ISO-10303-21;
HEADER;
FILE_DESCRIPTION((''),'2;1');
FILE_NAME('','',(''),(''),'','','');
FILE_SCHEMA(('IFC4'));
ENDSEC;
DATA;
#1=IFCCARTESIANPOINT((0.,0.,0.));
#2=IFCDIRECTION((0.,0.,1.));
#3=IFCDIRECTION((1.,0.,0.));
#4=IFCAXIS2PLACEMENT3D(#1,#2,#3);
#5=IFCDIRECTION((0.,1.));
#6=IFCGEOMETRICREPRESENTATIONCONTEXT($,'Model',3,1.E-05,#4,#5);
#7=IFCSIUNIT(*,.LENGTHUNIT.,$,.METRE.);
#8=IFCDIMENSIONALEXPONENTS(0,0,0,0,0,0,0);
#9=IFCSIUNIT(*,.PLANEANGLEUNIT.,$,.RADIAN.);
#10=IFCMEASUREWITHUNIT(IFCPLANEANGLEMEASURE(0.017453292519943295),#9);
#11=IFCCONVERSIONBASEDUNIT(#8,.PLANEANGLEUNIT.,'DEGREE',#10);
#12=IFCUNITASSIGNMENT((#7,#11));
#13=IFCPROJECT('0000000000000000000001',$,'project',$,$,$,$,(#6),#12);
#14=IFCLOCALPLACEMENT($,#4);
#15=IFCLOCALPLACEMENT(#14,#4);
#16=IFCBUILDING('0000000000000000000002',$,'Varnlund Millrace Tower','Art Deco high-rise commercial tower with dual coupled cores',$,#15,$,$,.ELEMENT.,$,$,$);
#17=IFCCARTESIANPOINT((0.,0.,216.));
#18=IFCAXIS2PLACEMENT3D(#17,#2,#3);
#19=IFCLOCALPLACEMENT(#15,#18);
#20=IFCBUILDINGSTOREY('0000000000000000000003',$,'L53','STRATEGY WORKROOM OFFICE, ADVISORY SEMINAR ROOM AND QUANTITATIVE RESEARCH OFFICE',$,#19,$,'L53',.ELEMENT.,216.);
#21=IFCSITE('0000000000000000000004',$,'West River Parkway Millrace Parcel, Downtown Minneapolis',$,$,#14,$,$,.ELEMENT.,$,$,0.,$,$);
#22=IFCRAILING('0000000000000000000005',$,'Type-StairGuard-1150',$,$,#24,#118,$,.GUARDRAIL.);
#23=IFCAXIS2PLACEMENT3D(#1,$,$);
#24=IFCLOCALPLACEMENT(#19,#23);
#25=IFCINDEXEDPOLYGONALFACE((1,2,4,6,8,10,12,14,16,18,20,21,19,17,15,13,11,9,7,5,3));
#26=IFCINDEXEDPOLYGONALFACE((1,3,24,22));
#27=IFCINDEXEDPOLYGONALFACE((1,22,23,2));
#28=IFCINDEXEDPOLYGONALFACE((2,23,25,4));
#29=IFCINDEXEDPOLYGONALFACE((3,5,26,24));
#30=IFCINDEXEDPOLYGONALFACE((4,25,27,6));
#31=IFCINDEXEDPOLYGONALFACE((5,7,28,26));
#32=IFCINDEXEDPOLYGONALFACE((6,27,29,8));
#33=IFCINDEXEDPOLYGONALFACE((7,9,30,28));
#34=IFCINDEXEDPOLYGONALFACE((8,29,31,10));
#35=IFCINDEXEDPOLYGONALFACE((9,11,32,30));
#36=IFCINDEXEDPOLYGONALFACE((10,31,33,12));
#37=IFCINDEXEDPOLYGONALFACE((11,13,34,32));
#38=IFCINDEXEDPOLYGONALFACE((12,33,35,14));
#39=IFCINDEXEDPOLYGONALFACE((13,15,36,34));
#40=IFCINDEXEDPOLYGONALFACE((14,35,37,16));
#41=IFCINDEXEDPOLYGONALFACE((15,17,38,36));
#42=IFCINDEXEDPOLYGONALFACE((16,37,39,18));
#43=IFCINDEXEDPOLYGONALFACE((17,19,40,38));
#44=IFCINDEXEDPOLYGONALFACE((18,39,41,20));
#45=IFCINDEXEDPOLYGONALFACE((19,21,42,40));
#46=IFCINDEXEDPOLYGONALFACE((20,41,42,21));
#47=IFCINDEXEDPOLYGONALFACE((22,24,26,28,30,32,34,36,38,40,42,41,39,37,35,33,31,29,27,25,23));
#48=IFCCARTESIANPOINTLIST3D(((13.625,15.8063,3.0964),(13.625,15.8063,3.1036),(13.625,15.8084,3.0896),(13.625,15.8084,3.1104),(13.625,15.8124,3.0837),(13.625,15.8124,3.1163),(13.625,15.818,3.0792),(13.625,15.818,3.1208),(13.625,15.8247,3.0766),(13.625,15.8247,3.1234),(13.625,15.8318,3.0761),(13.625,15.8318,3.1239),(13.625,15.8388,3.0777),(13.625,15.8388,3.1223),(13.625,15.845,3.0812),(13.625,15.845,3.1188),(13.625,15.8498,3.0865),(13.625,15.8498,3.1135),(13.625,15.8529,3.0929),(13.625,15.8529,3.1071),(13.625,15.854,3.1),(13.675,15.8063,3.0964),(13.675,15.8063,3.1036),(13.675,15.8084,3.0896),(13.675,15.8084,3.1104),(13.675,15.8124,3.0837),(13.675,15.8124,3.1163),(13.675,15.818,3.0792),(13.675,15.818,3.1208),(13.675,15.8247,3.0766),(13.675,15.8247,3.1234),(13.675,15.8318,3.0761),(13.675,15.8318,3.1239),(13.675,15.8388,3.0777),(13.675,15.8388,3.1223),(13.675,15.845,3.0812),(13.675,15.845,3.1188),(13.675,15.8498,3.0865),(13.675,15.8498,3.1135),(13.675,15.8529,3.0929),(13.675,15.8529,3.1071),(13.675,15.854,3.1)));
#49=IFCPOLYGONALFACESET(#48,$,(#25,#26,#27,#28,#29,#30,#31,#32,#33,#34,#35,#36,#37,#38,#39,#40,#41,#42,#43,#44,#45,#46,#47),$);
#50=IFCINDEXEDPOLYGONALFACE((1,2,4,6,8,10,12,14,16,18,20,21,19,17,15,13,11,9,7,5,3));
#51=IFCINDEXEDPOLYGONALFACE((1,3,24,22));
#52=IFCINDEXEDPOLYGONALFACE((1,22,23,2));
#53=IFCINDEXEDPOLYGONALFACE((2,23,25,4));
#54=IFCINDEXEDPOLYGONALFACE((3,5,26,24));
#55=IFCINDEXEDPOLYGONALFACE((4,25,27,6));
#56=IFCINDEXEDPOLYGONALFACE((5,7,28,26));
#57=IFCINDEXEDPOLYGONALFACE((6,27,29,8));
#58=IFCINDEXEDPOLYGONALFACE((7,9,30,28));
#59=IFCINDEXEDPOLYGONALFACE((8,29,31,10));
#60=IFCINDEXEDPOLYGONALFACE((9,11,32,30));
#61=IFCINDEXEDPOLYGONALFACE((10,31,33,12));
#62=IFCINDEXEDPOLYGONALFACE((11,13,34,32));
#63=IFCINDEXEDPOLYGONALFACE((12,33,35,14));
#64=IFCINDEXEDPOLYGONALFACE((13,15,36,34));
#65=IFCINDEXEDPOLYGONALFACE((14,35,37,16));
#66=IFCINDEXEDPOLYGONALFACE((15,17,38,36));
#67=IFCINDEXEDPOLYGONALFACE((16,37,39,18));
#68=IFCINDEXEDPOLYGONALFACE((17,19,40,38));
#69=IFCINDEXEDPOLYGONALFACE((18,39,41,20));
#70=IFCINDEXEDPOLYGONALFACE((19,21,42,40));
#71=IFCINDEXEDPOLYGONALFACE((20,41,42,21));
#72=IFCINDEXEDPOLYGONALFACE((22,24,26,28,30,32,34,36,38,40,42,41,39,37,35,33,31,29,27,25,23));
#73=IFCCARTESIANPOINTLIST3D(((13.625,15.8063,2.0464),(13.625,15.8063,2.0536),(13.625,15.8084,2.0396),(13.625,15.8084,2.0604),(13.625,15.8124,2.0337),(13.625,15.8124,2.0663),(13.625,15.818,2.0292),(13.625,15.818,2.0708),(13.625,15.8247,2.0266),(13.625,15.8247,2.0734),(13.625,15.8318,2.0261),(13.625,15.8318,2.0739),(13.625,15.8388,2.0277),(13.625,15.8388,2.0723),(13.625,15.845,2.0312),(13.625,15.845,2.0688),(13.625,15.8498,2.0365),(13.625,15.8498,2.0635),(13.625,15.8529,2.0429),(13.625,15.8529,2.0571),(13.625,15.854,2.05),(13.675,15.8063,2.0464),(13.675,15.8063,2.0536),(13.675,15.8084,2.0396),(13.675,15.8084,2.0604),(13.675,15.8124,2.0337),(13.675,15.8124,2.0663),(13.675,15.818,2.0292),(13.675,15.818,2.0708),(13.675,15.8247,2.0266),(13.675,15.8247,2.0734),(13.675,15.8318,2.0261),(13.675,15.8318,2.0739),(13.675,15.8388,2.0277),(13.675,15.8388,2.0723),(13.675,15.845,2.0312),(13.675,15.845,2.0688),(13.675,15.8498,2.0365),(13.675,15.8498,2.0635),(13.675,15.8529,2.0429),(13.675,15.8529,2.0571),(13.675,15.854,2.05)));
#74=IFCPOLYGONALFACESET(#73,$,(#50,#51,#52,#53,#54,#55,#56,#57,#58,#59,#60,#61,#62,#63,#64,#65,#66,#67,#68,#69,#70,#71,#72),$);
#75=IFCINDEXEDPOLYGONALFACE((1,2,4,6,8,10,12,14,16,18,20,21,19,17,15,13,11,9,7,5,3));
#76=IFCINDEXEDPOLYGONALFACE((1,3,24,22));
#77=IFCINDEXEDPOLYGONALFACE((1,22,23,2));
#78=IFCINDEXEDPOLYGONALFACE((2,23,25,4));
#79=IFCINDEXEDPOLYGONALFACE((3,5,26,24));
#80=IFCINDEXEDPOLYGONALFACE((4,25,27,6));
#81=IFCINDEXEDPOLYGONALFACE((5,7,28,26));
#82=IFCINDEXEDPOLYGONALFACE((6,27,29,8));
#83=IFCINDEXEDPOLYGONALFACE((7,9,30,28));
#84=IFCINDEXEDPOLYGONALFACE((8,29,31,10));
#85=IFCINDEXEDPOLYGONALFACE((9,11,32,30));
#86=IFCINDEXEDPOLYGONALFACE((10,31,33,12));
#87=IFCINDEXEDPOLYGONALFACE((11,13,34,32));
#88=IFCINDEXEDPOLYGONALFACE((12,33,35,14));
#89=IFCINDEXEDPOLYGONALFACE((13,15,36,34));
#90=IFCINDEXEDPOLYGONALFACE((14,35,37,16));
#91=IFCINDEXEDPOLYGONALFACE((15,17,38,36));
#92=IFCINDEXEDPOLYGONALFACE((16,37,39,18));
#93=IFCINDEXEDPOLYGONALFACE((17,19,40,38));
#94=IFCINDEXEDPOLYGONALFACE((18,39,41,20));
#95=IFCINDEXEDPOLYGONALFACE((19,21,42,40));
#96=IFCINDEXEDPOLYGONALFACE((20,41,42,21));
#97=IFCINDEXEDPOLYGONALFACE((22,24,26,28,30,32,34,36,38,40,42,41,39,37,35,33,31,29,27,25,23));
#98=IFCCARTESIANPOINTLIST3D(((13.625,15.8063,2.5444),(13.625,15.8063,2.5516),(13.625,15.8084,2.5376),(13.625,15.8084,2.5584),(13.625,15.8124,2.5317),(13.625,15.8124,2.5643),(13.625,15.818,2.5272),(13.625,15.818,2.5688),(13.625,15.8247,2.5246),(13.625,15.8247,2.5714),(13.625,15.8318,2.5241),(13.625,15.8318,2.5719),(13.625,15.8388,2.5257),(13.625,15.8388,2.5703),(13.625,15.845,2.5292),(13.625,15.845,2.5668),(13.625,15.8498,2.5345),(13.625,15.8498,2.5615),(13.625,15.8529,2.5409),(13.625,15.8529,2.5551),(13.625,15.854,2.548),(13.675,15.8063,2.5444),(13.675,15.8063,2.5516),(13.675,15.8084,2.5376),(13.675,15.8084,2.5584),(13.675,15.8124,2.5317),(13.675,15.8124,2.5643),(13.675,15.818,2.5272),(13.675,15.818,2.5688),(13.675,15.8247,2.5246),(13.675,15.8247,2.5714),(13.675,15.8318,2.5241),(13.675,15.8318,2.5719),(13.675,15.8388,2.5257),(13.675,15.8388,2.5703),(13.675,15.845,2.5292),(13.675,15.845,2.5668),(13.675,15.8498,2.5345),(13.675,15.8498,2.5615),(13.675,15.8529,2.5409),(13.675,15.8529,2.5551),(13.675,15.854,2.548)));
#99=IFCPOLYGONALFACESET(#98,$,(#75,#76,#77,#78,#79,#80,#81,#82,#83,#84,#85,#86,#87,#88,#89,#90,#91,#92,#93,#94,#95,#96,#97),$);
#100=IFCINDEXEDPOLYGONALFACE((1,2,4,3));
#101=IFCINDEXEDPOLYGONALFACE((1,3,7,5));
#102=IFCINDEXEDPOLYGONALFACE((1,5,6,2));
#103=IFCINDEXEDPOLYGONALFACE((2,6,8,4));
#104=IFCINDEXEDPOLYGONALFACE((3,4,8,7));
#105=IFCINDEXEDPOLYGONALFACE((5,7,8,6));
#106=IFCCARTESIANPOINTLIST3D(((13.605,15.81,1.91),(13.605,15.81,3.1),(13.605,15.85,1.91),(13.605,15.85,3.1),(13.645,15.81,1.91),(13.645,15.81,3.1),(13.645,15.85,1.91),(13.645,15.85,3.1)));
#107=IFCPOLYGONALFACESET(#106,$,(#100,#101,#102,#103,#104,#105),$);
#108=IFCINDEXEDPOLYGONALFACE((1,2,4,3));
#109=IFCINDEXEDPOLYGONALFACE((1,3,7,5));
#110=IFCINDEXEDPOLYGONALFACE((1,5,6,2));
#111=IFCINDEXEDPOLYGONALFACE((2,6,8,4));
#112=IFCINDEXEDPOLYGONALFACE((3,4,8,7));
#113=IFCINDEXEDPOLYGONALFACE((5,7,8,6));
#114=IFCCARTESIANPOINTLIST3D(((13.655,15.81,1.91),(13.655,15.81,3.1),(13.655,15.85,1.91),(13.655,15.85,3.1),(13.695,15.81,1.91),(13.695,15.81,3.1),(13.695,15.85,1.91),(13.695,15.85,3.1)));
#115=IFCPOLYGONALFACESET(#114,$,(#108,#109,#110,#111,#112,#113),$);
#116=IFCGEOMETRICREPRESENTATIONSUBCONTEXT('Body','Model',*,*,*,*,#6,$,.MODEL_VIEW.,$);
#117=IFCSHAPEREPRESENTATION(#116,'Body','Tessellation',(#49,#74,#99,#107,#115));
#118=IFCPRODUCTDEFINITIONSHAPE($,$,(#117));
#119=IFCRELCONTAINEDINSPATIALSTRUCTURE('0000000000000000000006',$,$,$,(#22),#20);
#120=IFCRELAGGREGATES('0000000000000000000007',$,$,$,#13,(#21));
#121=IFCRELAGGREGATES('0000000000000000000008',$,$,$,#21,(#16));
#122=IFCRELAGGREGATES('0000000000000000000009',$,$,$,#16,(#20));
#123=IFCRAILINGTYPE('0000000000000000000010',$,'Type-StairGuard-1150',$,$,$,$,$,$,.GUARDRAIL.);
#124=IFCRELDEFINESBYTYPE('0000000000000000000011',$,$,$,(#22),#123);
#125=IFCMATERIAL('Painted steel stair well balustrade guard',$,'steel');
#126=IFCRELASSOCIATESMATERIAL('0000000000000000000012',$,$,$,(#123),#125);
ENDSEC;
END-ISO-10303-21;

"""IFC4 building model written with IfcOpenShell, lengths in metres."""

from ifc_helpers import new_model, entity, si_unit, converted_unit, direction, frame, origin_with_axes, origin_2d_with_axis, place, context, subcontext, project, spatial, rectangle, circle, extrude, material, type_object, element, save


model = new_model("IFC4")

# Units and contexts
model_context = context("Model", 3, precision=1e-05, world=origin_with_axes(), true_north=direction((0.0, 1.0)))
body_context = subcontext(model_context, "Body", "Model", "MODEL_VIEW")
ifc_project = project(units=[si_unit("LENGTHUNIT", "METRE"), converted_unit("PLANEANGLEUNIT", "DEGREE", entity("IfcPlaneAngleMeasure", 0.017453292519943295), si_unit("PLANEANGLEUNIT", "RADIAN"), dimensions=[0, 0, 0, 0, 0, 0, 0])], contexts=[model_context])

# Site, building, storey
site_placement = place(None, origin_with_axes())
site = spatial("IfcSite", under=ifc_project, at=site_placement, Name="West River Parkway Millrace Parcel, Downtown Minneapolis", CompositionType="ELEMENT", RefElevation=0.0)
building_placement = place(site_placement, origin_with_axes())
building = spatial("IfcBuilding", under=site, at=building_placement, Name="Varnlund Millrace Tower", Description="Art Deco high-rise commercial tower with dual coupled cores", CompositionType="ELEMENT")
storey_placement = place(building_placement, frame((0.0, 0.0, 216.0), z_axis=(0.0, 0.0, 1.0), x_axis=(1.0, 0.0, 0.0)))
storey = spatial("IfcBuildingStorey", under=building, at=storey_placement, Name="L53", Description="STRATEGY WORKROOM OFFICE, ADVISORY SEMINAR ROOM AND QUANTITATIVE RESEARCH OFFICE", LongName="L53", CompositionType="ELEMENT", Elevation=216.0)

# Railing
ifc_material_1 = material(Name="Painted steel stair well balustrade guard", Category="steel")
railing_type_1 = type_object("IfcRailingType", Name="Type-StairGuard-1150", PredefinedType="GUARDRAIL", material=ifc_material_1)
railing_1_placement = place(storey_placement, frame((0.0, 0.0, -216.0), z_axis=(0.0, 0.0, 1.0), x_axis=(1.0, 0.0, 0.0)))
element("IfcRailing", 1, at=railing_1_placement, inside=storey, type_object=railing_type_1, Name="Type-StairGuard-1150", PredefinedType="GUARDRAIL", context=body_context, shape_type="SweptSolid", body=[
    extrude(circle(Radius=0.024, at=origin_2d_with_axis()), frame((13.625, 15.83, 219.1), z_axis=(1.0, 0.0, 0.0), x_axis=(0.0, 1.0, 0.0)), (0.0, 0.0, 1.0), 0.05),
    extrude(circle(Radius=0.024, at=origin_2d_with_axis()), frame((13.625, 15.83, 218.05), z_axis=(1.0, 0.0, 0.0), x_axis=(0.0, 1.0, 0.0)), (0.0, 0.0, 1.0), 0.05),
    extrude(circle(Radius=0.024, at=origin_2d_with_axis()), frame((13.625, 15.83, 218.548), z_axis=(1.0, 0.0, 0.0), x_axis=(0.0, 1.0, 0.0)), (0.0, 0.0, 1.0), 0.05),
    extrude(rectangle(XDim=0.04, YDim=0.04, at=origin_2d_with_axis()), frame((13.625, 15.83, 217.91), z_axis=(0.0, 0.0, 1.0), x_axis=(1.0, 0.0, 0.0)), (0.0, 0.0, 1.0), 1.19),
    extrude(rectangle(XDim=0.04, YDim=0.04, at=origin_2d_with_axis()), frame((13.675, 15.83, 217.91), z_axis=(0.0, 0.0, 1.0), x_axis=(1.0, 0.0, 0.0)), (0.0, 0.0, 1.0), 1.19),
])

save(model, "model.ifc")
